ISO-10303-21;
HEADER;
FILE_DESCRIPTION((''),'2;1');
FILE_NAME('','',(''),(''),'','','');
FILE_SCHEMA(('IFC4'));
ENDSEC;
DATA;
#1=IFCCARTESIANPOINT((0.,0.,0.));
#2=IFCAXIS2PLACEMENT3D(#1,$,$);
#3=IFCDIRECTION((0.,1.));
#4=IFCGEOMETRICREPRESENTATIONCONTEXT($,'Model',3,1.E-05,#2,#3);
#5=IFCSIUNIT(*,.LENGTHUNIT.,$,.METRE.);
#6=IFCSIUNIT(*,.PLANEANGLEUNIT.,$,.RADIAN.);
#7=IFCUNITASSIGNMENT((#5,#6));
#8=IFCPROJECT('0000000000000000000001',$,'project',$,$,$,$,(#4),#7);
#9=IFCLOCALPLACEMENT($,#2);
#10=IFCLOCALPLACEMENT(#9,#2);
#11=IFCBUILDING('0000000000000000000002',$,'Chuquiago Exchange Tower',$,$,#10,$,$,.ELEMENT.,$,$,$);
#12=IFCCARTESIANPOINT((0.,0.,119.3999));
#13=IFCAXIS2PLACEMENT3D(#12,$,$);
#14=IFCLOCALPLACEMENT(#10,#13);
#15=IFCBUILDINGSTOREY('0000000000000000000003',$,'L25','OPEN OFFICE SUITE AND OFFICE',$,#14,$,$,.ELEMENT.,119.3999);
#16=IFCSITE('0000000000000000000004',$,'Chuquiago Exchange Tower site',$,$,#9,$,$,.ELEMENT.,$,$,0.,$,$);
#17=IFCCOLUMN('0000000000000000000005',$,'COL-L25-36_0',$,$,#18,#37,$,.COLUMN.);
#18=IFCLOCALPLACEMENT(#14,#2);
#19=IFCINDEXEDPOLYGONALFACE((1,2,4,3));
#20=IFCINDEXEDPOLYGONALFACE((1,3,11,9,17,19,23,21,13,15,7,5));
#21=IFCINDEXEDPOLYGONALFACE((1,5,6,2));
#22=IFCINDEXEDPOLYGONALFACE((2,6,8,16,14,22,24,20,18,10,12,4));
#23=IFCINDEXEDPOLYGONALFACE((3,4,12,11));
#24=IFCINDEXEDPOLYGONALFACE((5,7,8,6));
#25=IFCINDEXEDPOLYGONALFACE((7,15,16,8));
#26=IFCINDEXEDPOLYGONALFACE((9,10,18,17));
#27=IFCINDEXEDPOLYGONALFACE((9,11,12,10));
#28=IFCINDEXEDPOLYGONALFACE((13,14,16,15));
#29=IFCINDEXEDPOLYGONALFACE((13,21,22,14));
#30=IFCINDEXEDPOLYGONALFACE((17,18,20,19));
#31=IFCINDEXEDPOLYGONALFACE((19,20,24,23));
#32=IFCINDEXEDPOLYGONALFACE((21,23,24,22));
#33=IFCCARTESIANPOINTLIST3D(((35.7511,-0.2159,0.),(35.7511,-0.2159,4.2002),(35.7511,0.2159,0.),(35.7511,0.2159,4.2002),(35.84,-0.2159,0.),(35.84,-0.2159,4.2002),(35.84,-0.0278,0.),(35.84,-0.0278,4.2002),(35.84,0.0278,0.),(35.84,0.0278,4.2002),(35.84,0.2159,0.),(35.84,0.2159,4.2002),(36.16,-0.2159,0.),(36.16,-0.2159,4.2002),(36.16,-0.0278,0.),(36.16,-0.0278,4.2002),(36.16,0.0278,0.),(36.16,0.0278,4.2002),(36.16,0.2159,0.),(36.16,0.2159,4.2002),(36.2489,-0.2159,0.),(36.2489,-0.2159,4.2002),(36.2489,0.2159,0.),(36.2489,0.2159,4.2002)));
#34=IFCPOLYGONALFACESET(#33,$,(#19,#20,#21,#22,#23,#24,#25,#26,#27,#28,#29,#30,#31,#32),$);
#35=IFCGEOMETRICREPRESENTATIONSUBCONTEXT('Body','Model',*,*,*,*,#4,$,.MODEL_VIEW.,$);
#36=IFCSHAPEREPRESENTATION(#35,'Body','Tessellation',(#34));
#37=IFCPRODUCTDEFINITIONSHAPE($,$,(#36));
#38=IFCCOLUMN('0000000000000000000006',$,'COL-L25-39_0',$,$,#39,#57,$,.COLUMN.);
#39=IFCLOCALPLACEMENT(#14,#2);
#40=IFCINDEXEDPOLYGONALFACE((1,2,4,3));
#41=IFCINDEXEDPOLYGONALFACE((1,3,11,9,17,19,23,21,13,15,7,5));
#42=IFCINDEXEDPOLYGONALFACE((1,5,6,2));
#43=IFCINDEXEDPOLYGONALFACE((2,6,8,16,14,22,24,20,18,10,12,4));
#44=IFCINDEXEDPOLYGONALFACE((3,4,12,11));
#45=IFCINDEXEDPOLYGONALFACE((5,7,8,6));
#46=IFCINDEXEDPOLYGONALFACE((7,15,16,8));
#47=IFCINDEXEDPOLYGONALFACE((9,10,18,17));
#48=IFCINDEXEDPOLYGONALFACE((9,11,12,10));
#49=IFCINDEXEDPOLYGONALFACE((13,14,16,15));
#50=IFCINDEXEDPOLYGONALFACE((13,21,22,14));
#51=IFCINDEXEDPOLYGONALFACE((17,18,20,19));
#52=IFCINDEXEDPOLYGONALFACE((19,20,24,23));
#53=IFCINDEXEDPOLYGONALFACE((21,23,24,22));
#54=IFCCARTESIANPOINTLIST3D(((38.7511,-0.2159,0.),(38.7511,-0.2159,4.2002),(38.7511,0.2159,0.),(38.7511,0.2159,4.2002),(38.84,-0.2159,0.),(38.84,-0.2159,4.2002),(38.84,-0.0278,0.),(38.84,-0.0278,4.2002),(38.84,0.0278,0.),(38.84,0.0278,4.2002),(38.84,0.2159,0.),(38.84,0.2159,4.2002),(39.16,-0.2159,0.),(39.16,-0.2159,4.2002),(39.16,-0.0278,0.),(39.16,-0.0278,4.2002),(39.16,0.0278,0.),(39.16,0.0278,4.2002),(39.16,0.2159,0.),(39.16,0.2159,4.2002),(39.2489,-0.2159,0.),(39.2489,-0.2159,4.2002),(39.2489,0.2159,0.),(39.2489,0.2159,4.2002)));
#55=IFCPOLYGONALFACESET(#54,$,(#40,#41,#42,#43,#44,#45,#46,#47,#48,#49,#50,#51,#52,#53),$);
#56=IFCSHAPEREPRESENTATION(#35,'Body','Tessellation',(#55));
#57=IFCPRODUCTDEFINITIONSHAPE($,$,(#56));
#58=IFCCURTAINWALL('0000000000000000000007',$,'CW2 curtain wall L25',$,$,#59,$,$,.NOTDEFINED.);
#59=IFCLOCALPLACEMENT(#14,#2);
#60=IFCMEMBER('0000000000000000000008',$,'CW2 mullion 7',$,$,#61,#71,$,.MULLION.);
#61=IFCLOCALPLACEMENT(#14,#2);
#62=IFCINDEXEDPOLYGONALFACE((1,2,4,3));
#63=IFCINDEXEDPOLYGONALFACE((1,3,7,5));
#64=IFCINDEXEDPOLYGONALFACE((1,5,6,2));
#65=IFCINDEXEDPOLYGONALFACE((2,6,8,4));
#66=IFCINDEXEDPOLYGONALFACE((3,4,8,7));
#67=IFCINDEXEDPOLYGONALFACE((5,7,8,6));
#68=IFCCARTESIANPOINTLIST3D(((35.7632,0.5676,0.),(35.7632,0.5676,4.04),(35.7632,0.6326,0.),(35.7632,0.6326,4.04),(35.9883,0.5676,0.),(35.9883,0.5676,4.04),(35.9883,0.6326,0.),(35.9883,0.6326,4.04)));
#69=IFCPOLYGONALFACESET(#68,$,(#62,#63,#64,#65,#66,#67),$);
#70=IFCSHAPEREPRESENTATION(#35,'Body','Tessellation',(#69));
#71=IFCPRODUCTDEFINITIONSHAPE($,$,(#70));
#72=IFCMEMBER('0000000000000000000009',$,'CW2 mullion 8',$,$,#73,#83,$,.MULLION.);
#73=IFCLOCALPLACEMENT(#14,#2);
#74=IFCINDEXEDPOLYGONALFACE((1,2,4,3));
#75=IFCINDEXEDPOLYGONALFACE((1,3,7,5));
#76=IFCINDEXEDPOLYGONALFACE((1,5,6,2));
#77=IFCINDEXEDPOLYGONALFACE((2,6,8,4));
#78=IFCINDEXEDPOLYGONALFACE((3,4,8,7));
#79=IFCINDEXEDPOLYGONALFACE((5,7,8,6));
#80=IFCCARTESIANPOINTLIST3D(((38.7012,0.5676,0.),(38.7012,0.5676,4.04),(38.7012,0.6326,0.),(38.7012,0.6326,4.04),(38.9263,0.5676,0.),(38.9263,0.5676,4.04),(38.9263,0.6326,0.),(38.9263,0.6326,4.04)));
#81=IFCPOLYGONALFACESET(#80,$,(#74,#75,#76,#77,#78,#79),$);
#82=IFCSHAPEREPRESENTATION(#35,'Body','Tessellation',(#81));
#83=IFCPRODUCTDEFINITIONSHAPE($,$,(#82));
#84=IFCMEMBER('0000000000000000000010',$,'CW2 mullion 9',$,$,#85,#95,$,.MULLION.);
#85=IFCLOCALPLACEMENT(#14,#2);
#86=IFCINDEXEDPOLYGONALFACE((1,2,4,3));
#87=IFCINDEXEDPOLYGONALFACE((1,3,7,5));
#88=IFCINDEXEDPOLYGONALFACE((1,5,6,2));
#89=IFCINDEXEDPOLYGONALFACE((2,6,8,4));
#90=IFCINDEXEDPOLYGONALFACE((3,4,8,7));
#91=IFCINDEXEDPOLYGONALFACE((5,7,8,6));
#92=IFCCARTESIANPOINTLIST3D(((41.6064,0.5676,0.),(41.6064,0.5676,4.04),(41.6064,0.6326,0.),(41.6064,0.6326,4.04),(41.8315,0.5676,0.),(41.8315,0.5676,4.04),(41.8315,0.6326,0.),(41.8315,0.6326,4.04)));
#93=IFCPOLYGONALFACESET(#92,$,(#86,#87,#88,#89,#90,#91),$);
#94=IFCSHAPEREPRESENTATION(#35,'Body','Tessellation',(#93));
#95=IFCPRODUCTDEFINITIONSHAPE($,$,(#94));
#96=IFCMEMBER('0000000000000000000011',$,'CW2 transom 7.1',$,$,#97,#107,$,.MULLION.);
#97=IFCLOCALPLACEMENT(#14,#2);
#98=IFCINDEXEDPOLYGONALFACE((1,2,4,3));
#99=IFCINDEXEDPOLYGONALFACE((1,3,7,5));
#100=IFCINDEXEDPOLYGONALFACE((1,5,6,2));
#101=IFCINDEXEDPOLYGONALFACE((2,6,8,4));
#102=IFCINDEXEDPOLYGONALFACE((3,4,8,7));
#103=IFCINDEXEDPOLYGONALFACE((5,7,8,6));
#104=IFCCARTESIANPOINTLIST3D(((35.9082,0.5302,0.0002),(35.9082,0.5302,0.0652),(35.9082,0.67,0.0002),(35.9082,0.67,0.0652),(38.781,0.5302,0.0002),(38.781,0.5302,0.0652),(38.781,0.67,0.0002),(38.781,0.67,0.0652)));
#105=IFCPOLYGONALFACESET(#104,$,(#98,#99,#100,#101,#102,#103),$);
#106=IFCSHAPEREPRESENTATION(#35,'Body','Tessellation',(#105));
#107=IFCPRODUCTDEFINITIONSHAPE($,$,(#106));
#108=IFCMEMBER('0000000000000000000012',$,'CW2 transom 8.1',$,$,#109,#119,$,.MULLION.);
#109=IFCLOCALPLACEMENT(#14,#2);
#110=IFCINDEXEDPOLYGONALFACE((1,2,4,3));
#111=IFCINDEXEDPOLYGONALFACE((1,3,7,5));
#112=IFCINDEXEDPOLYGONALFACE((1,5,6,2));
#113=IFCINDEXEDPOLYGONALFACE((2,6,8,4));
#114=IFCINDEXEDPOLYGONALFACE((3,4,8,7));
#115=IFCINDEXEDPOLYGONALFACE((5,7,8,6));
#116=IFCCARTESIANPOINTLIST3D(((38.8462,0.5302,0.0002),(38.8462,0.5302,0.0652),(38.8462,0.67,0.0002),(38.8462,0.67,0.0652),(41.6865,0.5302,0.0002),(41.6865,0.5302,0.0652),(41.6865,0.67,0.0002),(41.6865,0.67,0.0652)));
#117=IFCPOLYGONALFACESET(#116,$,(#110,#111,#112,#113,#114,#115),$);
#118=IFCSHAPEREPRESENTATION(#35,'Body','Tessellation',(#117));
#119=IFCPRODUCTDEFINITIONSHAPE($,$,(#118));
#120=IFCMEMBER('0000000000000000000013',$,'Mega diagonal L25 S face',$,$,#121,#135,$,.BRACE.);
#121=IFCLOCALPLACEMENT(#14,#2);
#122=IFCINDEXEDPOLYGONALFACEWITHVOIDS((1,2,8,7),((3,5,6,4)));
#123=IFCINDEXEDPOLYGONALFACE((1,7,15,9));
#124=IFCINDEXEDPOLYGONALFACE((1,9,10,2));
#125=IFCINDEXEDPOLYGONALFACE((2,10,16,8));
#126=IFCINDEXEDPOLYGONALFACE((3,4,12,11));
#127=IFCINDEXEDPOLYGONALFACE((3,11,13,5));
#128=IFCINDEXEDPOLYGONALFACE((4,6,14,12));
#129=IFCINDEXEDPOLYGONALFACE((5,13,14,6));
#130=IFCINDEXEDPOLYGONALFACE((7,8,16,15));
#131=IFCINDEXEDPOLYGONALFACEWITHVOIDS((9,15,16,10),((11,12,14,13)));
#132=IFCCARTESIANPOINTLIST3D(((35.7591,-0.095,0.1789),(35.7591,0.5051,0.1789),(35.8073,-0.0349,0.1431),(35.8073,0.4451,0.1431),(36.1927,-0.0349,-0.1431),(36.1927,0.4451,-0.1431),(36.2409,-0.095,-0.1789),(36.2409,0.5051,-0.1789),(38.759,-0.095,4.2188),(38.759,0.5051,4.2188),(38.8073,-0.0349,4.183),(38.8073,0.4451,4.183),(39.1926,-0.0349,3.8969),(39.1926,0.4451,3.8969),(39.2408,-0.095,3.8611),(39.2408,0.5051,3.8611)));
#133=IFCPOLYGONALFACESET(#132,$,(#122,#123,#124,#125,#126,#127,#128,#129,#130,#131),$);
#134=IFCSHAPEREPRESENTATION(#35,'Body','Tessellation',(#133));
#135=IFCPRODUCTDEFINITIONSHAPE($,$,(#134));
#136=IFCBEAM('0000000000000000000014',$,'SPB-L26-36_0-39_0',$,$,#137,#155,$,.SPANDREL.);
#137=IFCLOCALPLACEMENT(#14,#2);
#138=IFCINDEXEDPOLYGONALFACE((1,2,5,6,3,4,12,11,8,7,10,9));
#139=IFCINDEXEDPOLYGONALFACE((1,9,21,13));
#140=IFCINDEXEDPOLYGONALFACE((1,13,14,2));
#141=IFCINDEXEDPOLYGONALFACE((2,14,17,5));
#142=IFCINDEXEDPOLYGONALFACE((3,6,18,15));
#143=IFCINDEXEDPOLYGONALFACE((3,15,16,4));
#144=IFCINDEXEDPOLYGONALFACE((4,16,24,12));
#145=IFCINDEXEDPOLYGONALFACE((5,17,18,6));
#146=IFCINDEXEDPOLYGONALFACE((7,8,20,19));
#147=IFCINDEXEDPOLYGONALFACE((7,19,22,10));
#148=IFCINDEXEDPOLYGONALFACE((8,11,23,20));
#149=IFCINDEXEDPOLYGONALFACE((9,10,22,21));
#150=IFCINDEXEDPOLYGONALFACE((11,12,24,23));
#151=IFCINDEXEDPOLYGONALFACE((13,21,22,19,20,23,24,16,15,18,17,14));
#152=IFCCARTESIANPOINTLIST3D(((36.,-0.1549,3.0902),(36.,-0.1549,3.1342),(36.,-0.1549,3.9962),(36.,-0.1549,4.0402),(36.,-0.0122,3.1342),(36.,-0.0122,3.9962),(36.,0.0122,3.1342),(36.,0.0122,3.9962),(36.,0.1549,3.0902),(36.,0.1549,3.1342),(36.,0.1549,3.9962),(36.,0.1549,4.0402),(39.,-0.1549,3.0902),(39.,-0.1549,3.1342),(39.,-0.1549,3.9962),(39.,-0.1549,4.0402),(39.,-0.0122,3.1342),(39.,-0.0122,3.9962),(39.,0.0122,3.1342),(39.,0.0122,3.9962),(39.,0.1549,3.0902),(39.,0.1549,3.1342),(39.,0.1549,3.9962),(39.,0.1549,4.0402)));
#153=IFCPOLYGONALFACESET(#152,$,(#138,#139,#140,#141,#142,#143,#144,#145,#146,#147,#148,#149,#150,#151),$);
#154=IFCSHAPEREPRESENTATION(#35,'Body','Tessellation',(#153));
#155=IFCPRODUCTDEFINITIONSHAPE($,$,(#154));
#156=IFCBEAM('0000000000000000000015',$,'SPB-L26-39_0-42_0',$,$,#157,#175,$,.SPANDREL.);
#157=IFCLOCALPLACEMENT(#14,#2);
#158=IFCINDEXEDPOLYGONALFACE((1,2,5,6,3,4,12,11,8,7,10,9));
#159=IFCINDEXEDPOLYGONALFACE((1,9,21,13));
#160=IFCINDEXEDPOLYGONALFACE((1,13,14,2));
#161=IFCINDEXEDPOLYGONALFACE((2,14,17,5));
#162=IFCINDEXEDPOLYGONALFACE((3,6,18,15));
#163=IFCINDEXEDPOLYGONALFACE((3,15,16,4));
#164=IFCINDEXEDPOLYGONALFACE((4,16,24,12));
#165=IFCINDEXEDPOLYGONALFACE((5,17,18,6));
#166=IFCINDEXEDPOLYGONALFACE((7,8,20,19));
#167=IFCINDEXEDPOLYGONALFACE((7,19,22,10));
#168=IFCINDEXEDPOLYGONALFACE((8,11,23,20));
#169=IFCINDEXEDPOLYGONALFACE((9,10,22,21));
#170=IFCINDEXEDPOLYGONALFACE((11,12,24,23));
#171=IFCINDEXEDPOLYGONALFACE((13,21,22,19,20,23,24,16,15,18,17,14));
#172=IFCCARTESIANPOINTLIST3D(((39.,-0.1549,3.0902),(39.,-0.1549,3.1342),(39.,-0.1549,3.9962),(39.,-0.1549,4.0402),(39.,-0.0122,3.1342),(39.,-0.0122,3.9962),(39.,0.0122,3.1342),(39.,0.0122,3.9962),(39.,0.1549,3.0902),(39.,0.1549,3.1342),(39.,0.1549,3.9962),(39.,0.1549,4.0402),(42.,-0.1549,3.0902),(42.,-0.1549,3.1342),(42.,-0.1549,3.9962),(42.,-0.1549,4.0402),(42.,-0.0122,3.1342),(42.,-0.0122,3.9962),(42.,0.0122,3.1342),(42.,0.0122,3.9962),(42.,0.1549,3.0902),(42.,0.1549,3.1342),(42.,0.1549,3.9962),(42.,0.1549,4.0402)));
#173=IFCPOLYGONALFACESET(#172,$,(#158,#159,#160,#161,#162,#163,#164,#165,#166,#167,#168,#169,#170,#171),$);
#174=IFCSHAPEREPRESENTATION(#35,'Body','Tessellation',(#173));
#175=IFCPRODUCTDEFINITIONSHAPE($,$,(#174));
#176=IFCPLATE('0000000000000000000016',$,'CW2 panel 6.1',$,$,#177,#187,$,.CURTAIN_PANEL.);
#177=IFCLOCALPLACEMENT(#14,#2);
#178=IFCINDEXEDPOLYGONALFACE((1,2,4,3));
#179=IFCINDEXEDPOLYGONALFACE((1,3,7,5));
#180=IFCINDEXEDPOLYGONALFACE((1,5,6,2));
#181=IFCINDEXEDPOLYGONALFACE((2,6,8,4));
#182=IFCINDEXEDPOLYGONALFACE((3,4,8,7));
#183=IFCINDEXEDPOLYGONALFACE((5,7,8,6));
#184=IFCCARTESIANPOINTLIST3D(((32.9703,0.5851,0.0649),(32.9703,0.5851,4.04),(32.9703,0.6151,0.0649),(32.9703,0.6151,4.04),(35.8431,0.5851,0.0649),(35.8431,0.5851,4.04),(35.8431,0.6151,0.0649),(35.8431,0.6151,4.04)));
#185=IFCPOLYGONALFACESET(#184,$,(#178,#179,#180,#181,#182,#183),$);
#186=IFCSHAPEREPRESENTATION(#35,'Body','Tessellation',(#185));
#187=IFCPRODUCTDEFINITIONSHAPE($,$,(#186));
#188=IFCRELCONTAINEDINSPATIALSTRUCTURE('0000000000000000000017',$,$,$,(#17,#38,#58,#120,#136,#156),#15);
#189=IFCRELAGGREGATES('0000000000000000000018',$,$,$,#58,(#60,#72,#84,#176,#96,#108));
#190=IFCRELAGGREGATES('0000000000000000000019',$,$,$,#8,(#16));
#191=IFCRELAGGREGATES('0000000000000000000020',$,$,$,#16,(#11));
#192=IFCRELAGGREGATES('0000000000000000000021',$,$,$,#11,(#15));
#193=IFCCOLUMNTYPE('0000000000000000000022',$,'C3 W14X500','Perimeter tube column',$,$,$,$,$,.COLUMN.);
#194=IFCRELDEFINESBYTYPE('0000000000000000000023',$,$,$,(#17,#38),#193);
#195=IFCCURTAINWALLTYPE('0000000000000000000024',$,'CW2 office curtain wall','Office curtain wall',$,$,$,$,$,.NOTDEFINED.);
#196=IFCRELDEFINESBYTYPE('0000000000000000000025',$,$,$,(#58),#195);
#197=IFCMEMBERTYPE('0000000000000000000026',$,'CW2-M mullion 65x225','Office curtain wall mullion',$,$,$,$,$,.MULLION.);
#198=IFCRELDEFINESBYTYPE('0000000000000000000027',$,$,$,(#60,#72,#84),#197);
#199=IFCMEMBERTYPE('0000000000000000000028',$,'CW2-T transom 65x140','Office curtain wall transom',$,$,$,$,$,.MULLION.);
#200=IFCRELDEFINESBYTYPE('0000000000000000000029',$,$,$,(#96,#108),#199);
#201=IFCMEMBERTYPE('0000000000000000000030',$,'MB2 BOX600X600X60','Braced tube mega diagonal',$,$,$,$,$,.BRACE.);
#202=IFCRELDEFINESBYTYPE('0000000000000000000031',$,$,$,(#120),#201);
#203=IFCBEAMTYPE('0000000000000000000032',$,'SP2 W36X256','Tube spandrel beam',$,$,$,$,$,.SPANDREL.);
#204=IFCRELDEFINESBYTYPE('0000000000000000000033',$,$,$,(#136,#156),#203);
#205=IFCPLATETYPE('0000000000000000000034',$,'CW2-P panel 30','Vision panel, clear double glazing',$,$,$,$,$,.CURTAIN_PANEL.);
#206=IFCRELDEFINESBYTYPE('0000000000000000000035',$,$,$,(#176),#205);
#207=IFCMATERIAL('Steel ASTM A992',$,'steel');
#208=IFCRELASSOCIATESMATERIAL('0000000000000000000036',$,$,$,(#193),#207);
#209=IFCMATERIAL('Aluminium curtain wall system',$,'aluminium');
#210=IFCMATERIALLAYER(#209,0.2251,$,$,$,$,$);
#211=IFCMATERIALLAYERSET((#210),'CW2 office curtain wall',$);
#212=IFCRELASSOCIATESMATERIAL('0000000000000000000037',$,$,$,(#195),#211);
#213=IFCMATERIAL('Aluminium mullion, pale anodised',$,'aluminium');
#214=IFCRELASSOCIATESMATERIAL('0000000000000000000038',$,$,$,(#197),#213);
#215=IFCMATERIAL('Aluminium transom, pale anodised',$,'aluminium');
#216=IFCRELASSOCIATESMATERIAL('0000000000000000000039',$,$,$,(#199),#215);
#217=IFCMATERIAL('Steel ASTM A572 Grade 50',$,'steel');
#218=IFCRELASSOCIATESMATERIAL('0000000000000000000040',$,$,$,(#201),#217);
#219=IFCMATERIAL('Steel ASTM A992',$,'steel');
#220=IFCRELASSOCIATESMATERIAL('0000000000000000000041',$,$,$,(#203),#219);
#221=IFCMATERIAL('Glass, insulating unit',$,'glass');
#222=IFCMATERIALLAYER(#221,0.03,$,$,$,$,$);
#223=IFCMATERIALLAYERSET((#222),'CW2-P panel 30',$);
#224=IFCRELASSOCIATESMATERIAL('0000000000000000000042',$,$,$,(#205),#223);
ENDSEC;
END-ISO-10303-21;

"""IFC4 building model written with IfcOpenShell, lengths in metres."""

from ifc_helpers import new_model, si_unit, direction, frame, origin, origin_2d, place, context, subcontext, project, spatial, rectangle, hollow_rectangle, i_section, extrude, material, layer, layer_set, material_profile, profile_set, type_object, element, aggregate, save


model = new_model("IFC4")

# Units and contexts
model_context = context("Model", 3, precision=1e-05, world=origin(), true_north=direction((0.0, 1.0)))
body_context = subcontext(model_context, "Body", "Model", "MODEL_VIEW")
ifc_project = project(units=[si_unit("LENGTHUNIT", "METRE"), si_unit("PLANEANGLEUNIT", "RADIAN")], contexts=[model_context])

# Site, building, storey
site_placement = place(None, origin())
site = spatial("IfcSite", under=ifc_project, at=site_placement, Name="Chuquiago Exchange Tower site", CompositionType="ELEMENT", RefElevation=0.0)
building_placement = place(site_placement, origin())
building = spatial("IfcBuilding", under=site, at=building_placement, Name="Chuquiago Exchange Tower", CompositionType="ELEMENT")
storey_placement = place(building_placement, frame((0.0, 0.0, 119.3999)))
storey = spatial("IfcBuildingStorey", under=building, at=storey_placement, Name="L25", Description="OPEN OFFICE SUITE AND OFFICE", CompositionType="ELEMENT", Elevation=119.3999)

# Columns
ifc_material_1 = material(Name="Steel ASTM A992", Category="steel")
ifc_material_profile_1 = material_profile(ifc_material_1, i_section(OverallWidth=0.4319, OverallDepth=0.4978, WebThickness=0.0557, FlangeThickness=0.0889, at=origin_2d()), Name="W14X500")
ifc_profile_set_1 = profile_set([ifc_material_profile_1], Name="Steel ASTM A992")
column_type = type_object("IfcColumnType", Name="C3 W14X500", Description="Perimeter tube column", PredefinedType="COLUMN", material=ifc_profile_set_1)
for number, where, z_axis, x_axis, name in (
    (1, (36.0, 0.0, 0.0), (0.0, 0.0, 1.0), (0.0, -1.0, 0.0), "COL-L25-36_0"),
    (2, (39.0, 0.0, 0.0), (0.0, 0.0, 1.0), (0.0, -1.0, 0.0), "COL-L25-39_0"),
):
    element("IfcColumn", number, at=place(storey_placement, frame(where, z_axis=z_axis, x_axis=x_axis)), inside=storey, type_object=column_type, Name=name, PredefinedType="COLUMN", context=body_context, shape_type="SweptSolid", body=[
        extrude(i_section(OverallWidth=0.4319, OverallDepth=0.4978, WebThickness=0.0557, FlangeThickness=0.0889, at=origin_2d()), origin(), (0.0, 0.0, 1.0), 4.2002),
    ])

# Curtain wall, members
ifc_material_2 = material(Name="Aluminium curtain wall system", Category="aluminium")
ifc_layer_1 = layer(ifc_material_2, 0.2251)
ifc_layer_set_1 = layer_set([ifc_layer_1], Name="CW2 office curtain wall")
curtain_wall_type = type_object("IfcCurtainWallType", Name="CW2 office curtain wall", Description="Office curtain wall", PredefinedType="NOTDEFINED", material=ifc_layer_set_1)
curtain_wall_placement = place(storey_placement, origin())
curtain_wall = element("IfcCurtainWall", 3, at=curtain_wall_placement, inside=storey, type_object=curtain_wall_type, Name="CW2 curtain wall L25", PredefinedType="NOTDEFINED")
ifc_material_3 = material(Name="Aluminium mullion, pale anodised", Category="aluminium")
ifc_material_profile_2 = material_profile(ifc_material_3, rectangle(XDim=0.0649, YDim=0.2251, at=origin_2d()), Name="AL 65x225")
ifc_profile_set_2 = profile_set([ifc_material_profile_2], Name="Aluminium mullion, pale anodised")
member_type_1 = type_object("IfcMemberType", Name="CW2-M mullion 65x225", Description="Office curtain wall mullion", PredefinedType="MULLION", material=ifc_profile_set_2)
member_1_placement = place(storey_placement, frame((35.8757, 0.6001, 0.0), z_axis=(0.0, 0.0, 1.0), x_axis=(0.0, 1.0, 0.0)))
member_1 = element("IfcMember", 4, at=member_1_placement, type_object=member_type_1, Name="CW2 mullion 7", PredefinedType="MULLION", context=body_context, shape_type="SweptSolid", body=[
    extrude(rectangle(XDim=0.0649, YDim=0.2251, at=origin_2d()), origin(), (0.0, 0.0, 1.0), 4.04),
])
member_2_placement = place(storey_placement, frame((38.8137, 0.6001, 0.0), z_axis=(0.0, 0.0, 1.0), x_axis=(0.0, 1.0, 0.0)))
member_2 = element("IfcMember", 5, at=member_2_placement, type_object=member_type_1, Name="CW2 mullion 8", PredefinedType="MULLION", context=body_context, shape_type="SweptSolid", body=[
    extrude(rectangle(XDim=0.0649, YDim=0.2251, at=origin_2d()), origin(), (0.0, 0.0, 1.0), 4.04),
])
member_3_placement = place(storey_placement, frame((41.719, 0.6001, 0.0), z_axis=(0.0, 0.0, 1.0), x_axis=(0.0, 1.0, 0.0)))
member_3 = element("IfcMember", 6, at=member_3_placement, type_object=member_type_1, Name="CW2 mullion 9", PredefinedType="MULLION", context=body_context, shape_type="SweptSolid", body=[
    extrude(rectangle(XDim=0.0649, YDim=0.2251, at=origin_2d()), origin(), (0.0, 0.0, 1.0), 4.04),
])
ifc_material_4 = material(Name="Aluminium transom, pale anodised", Category="aluminium")
ifc_material_profile_3 = material_profile(ifc_material_4, rectangle(XDim=0.1399, YDim=0.0649, at=origin_2d()), Name="AL 140x65")
ifc_profile_set_3 = profile_set([ifc_material_profile_3], Name="Aluminium transom, pale anodised")
member_type_2 = type_object("IfcMemberType", Name="CW2-T transom 65x140", Description="Office curtain wall transom", PredefinedType="MULLION", material=ifc_profile_set_3)
member_4_placement = place(storey_placement, frame((35.9082, 0.6001, 0.0327), z_axis=(1.0, 0.0, 0.0), x_axis=(0.0, 1.0, 0.0)))
member_4 = element("IfcMember", 7, at=member_4_placement, type_object=member_type_2, Name="CW2 transom 7.1", PredefinedType="MULLION", context=body_context, shape_type="SweptSolid", body=[
    extrude(rectangle(XDim=0.1399, YDim=0.0649, at=origin_2d()), origin(), (0.0, 0.0, 1.0), 2.8728),
])
member_5_placement = place(storey_placement, frame((38.8462, 0.6001, 0.0327), z_axis=(1.0, 0.0, 0.0), x_axis=(0.0, 1.0, 0.0)))
member_5 = element("IfcMember", 8, at=member_5_placement, type_object=member_type_2, Name="CW2 transom 8.1", PredefinedType="MULLION", context=body_context, shape_type="SweptSolid", body=[
    extrude(rectangle(XDim=0.1399, YDim=0.0649, at=origin_2d()), origin(), (0.0, 0.0, 1.0), 2.8403),
])

# Member
ifc_material_5 = material(Name="Steel ASTM A572 Grade 50", Category="steel")
ifc_material_profile_4 = material_profile(ifc_material_5, hollow_rectangle(XDim=0.6001, YDim=0.6001, WallThickness=0.0601, at=origin_2d()), Name="BOX600X600X60")
ifc_profile_set_4 = profile_set([ifc_material_profile_4], Name="Steel ASTM A572 Grade 50")
member_type_3 = type_object("IfcMemberType", Name="MB2 BOX600X600X60", Description="Braced tube mega diagonal", PredefinedType="BRACE", material=ifc_profile_set_4)
member_6_placement = place(storey_placement, frame((36.0, 0.2051, 0.0), z_axis=(0.596174, 0.0, 0.802855), x_axis=(0.0, 1.0, 0.0)))
element("IfcMember", 9, at=member_6_placement, inside=storey, type_object=member_type_3, Name="Mega diagonal L25 S face", PredefinedType="BRACE", context=body_context, shape_type="SweptSolid", body=[
    extrude(hollow_rectangle(XDim=0.6001, YDim=0.6001, WallThickness=0.0601, at=origin_2d()), origin(), (0.0, 0.0, 1.0), 5.032),
])

# Beams
ifc_material_6 = material(Name="Steel ASTM A992", Category="steel")
ifc_material_profile_5 = material_profile(ifc_material_6, i_section(OverallWidth=0.3098, OverallDepth=0.95, WebThickness=0.0244, FlangeThickness=0.0439, at=origin_2d()), Name="W36X256")
ifc_profile_set_5 = profile_set([ifc_material_profile_5], Name="Steel ASTM A992")
beam_type = type_object("IfcBeamType", Name="SP2 W36X256", Description="Tube spandrel beam", PredefinedType="SPANDREL", material=ifc_profile_set_5)
for number, where, z_axis, x_axis, name in (
    (10, (36.0, 0.0, 3.5652), (1.0, 0.0, 0.0), (0.0, 1.0, 0.0), "SPB-L26-36_0-39_0"),
    (11, (39.0, 0.0, 3.5652), (1.0, 0.0, 0.0), (0.0, 1.0, 0.0), "SPB-L26-39_0-42_0"),
):
    element("IfcBeam", number, at=place(storey_placement, frame(where, z_axis=z_axis, x_axis=x_axis)), inside=storey, type_object=beam_type, Name=name, PredefinedType="SPANDREL", context=body_context, shape_type="SweptSolid", body=[
        extrude(i_section(OverallWidth=0.3098, OverallDepth=0.95, WebThickness=0.0244, FlangeThickness=0.0439, at=origin_2d()), origin(), (0.0, 0.0, 1.0), 3.0),
    ])

# Plate
ifc_material_7 = material(Name="Glass, insulating unit", Category="glass")
ifc_layer_2 = layer(ifc_material_7, 0.03)
ifc_layer_set_2 = layer_set([ifc_layer_2], Name="CW2-P panel 30")
plate_type_1 = type_object("IfcPlateType", Name="CW2-P panel 30", Description="Vision panel, clear double glazing", PredefinedType="CURTAIN_PANEL", material=ifc_layer_set_2)
plate_1_placement = place(storey_placement, frame((34.4067, 0.6001, 0.0649), z_axis=(0.0, 0.0, 1.0), x_axis=(1.0, 0.0, 0.0)))
plate_1 = element("IfcPlate", 12, at=plate_1_placement, type_object=plate_type_1, Name="CW2 panel 6.1", PredefinedType="CURTAIN_PANEL", context=body_context, shape_type="SweptSolid", body=[
    extrude(rectangle(XDim=2.8728, YDim=0.03, at=origin_2d()), origin(), (0.0, 0.0, 1.0), 3.9751),
])
aggregate(curtain_wall, [member_1, member_2, member_3, plate_1, member_4, member_5])

save(model, "model.ifc")
